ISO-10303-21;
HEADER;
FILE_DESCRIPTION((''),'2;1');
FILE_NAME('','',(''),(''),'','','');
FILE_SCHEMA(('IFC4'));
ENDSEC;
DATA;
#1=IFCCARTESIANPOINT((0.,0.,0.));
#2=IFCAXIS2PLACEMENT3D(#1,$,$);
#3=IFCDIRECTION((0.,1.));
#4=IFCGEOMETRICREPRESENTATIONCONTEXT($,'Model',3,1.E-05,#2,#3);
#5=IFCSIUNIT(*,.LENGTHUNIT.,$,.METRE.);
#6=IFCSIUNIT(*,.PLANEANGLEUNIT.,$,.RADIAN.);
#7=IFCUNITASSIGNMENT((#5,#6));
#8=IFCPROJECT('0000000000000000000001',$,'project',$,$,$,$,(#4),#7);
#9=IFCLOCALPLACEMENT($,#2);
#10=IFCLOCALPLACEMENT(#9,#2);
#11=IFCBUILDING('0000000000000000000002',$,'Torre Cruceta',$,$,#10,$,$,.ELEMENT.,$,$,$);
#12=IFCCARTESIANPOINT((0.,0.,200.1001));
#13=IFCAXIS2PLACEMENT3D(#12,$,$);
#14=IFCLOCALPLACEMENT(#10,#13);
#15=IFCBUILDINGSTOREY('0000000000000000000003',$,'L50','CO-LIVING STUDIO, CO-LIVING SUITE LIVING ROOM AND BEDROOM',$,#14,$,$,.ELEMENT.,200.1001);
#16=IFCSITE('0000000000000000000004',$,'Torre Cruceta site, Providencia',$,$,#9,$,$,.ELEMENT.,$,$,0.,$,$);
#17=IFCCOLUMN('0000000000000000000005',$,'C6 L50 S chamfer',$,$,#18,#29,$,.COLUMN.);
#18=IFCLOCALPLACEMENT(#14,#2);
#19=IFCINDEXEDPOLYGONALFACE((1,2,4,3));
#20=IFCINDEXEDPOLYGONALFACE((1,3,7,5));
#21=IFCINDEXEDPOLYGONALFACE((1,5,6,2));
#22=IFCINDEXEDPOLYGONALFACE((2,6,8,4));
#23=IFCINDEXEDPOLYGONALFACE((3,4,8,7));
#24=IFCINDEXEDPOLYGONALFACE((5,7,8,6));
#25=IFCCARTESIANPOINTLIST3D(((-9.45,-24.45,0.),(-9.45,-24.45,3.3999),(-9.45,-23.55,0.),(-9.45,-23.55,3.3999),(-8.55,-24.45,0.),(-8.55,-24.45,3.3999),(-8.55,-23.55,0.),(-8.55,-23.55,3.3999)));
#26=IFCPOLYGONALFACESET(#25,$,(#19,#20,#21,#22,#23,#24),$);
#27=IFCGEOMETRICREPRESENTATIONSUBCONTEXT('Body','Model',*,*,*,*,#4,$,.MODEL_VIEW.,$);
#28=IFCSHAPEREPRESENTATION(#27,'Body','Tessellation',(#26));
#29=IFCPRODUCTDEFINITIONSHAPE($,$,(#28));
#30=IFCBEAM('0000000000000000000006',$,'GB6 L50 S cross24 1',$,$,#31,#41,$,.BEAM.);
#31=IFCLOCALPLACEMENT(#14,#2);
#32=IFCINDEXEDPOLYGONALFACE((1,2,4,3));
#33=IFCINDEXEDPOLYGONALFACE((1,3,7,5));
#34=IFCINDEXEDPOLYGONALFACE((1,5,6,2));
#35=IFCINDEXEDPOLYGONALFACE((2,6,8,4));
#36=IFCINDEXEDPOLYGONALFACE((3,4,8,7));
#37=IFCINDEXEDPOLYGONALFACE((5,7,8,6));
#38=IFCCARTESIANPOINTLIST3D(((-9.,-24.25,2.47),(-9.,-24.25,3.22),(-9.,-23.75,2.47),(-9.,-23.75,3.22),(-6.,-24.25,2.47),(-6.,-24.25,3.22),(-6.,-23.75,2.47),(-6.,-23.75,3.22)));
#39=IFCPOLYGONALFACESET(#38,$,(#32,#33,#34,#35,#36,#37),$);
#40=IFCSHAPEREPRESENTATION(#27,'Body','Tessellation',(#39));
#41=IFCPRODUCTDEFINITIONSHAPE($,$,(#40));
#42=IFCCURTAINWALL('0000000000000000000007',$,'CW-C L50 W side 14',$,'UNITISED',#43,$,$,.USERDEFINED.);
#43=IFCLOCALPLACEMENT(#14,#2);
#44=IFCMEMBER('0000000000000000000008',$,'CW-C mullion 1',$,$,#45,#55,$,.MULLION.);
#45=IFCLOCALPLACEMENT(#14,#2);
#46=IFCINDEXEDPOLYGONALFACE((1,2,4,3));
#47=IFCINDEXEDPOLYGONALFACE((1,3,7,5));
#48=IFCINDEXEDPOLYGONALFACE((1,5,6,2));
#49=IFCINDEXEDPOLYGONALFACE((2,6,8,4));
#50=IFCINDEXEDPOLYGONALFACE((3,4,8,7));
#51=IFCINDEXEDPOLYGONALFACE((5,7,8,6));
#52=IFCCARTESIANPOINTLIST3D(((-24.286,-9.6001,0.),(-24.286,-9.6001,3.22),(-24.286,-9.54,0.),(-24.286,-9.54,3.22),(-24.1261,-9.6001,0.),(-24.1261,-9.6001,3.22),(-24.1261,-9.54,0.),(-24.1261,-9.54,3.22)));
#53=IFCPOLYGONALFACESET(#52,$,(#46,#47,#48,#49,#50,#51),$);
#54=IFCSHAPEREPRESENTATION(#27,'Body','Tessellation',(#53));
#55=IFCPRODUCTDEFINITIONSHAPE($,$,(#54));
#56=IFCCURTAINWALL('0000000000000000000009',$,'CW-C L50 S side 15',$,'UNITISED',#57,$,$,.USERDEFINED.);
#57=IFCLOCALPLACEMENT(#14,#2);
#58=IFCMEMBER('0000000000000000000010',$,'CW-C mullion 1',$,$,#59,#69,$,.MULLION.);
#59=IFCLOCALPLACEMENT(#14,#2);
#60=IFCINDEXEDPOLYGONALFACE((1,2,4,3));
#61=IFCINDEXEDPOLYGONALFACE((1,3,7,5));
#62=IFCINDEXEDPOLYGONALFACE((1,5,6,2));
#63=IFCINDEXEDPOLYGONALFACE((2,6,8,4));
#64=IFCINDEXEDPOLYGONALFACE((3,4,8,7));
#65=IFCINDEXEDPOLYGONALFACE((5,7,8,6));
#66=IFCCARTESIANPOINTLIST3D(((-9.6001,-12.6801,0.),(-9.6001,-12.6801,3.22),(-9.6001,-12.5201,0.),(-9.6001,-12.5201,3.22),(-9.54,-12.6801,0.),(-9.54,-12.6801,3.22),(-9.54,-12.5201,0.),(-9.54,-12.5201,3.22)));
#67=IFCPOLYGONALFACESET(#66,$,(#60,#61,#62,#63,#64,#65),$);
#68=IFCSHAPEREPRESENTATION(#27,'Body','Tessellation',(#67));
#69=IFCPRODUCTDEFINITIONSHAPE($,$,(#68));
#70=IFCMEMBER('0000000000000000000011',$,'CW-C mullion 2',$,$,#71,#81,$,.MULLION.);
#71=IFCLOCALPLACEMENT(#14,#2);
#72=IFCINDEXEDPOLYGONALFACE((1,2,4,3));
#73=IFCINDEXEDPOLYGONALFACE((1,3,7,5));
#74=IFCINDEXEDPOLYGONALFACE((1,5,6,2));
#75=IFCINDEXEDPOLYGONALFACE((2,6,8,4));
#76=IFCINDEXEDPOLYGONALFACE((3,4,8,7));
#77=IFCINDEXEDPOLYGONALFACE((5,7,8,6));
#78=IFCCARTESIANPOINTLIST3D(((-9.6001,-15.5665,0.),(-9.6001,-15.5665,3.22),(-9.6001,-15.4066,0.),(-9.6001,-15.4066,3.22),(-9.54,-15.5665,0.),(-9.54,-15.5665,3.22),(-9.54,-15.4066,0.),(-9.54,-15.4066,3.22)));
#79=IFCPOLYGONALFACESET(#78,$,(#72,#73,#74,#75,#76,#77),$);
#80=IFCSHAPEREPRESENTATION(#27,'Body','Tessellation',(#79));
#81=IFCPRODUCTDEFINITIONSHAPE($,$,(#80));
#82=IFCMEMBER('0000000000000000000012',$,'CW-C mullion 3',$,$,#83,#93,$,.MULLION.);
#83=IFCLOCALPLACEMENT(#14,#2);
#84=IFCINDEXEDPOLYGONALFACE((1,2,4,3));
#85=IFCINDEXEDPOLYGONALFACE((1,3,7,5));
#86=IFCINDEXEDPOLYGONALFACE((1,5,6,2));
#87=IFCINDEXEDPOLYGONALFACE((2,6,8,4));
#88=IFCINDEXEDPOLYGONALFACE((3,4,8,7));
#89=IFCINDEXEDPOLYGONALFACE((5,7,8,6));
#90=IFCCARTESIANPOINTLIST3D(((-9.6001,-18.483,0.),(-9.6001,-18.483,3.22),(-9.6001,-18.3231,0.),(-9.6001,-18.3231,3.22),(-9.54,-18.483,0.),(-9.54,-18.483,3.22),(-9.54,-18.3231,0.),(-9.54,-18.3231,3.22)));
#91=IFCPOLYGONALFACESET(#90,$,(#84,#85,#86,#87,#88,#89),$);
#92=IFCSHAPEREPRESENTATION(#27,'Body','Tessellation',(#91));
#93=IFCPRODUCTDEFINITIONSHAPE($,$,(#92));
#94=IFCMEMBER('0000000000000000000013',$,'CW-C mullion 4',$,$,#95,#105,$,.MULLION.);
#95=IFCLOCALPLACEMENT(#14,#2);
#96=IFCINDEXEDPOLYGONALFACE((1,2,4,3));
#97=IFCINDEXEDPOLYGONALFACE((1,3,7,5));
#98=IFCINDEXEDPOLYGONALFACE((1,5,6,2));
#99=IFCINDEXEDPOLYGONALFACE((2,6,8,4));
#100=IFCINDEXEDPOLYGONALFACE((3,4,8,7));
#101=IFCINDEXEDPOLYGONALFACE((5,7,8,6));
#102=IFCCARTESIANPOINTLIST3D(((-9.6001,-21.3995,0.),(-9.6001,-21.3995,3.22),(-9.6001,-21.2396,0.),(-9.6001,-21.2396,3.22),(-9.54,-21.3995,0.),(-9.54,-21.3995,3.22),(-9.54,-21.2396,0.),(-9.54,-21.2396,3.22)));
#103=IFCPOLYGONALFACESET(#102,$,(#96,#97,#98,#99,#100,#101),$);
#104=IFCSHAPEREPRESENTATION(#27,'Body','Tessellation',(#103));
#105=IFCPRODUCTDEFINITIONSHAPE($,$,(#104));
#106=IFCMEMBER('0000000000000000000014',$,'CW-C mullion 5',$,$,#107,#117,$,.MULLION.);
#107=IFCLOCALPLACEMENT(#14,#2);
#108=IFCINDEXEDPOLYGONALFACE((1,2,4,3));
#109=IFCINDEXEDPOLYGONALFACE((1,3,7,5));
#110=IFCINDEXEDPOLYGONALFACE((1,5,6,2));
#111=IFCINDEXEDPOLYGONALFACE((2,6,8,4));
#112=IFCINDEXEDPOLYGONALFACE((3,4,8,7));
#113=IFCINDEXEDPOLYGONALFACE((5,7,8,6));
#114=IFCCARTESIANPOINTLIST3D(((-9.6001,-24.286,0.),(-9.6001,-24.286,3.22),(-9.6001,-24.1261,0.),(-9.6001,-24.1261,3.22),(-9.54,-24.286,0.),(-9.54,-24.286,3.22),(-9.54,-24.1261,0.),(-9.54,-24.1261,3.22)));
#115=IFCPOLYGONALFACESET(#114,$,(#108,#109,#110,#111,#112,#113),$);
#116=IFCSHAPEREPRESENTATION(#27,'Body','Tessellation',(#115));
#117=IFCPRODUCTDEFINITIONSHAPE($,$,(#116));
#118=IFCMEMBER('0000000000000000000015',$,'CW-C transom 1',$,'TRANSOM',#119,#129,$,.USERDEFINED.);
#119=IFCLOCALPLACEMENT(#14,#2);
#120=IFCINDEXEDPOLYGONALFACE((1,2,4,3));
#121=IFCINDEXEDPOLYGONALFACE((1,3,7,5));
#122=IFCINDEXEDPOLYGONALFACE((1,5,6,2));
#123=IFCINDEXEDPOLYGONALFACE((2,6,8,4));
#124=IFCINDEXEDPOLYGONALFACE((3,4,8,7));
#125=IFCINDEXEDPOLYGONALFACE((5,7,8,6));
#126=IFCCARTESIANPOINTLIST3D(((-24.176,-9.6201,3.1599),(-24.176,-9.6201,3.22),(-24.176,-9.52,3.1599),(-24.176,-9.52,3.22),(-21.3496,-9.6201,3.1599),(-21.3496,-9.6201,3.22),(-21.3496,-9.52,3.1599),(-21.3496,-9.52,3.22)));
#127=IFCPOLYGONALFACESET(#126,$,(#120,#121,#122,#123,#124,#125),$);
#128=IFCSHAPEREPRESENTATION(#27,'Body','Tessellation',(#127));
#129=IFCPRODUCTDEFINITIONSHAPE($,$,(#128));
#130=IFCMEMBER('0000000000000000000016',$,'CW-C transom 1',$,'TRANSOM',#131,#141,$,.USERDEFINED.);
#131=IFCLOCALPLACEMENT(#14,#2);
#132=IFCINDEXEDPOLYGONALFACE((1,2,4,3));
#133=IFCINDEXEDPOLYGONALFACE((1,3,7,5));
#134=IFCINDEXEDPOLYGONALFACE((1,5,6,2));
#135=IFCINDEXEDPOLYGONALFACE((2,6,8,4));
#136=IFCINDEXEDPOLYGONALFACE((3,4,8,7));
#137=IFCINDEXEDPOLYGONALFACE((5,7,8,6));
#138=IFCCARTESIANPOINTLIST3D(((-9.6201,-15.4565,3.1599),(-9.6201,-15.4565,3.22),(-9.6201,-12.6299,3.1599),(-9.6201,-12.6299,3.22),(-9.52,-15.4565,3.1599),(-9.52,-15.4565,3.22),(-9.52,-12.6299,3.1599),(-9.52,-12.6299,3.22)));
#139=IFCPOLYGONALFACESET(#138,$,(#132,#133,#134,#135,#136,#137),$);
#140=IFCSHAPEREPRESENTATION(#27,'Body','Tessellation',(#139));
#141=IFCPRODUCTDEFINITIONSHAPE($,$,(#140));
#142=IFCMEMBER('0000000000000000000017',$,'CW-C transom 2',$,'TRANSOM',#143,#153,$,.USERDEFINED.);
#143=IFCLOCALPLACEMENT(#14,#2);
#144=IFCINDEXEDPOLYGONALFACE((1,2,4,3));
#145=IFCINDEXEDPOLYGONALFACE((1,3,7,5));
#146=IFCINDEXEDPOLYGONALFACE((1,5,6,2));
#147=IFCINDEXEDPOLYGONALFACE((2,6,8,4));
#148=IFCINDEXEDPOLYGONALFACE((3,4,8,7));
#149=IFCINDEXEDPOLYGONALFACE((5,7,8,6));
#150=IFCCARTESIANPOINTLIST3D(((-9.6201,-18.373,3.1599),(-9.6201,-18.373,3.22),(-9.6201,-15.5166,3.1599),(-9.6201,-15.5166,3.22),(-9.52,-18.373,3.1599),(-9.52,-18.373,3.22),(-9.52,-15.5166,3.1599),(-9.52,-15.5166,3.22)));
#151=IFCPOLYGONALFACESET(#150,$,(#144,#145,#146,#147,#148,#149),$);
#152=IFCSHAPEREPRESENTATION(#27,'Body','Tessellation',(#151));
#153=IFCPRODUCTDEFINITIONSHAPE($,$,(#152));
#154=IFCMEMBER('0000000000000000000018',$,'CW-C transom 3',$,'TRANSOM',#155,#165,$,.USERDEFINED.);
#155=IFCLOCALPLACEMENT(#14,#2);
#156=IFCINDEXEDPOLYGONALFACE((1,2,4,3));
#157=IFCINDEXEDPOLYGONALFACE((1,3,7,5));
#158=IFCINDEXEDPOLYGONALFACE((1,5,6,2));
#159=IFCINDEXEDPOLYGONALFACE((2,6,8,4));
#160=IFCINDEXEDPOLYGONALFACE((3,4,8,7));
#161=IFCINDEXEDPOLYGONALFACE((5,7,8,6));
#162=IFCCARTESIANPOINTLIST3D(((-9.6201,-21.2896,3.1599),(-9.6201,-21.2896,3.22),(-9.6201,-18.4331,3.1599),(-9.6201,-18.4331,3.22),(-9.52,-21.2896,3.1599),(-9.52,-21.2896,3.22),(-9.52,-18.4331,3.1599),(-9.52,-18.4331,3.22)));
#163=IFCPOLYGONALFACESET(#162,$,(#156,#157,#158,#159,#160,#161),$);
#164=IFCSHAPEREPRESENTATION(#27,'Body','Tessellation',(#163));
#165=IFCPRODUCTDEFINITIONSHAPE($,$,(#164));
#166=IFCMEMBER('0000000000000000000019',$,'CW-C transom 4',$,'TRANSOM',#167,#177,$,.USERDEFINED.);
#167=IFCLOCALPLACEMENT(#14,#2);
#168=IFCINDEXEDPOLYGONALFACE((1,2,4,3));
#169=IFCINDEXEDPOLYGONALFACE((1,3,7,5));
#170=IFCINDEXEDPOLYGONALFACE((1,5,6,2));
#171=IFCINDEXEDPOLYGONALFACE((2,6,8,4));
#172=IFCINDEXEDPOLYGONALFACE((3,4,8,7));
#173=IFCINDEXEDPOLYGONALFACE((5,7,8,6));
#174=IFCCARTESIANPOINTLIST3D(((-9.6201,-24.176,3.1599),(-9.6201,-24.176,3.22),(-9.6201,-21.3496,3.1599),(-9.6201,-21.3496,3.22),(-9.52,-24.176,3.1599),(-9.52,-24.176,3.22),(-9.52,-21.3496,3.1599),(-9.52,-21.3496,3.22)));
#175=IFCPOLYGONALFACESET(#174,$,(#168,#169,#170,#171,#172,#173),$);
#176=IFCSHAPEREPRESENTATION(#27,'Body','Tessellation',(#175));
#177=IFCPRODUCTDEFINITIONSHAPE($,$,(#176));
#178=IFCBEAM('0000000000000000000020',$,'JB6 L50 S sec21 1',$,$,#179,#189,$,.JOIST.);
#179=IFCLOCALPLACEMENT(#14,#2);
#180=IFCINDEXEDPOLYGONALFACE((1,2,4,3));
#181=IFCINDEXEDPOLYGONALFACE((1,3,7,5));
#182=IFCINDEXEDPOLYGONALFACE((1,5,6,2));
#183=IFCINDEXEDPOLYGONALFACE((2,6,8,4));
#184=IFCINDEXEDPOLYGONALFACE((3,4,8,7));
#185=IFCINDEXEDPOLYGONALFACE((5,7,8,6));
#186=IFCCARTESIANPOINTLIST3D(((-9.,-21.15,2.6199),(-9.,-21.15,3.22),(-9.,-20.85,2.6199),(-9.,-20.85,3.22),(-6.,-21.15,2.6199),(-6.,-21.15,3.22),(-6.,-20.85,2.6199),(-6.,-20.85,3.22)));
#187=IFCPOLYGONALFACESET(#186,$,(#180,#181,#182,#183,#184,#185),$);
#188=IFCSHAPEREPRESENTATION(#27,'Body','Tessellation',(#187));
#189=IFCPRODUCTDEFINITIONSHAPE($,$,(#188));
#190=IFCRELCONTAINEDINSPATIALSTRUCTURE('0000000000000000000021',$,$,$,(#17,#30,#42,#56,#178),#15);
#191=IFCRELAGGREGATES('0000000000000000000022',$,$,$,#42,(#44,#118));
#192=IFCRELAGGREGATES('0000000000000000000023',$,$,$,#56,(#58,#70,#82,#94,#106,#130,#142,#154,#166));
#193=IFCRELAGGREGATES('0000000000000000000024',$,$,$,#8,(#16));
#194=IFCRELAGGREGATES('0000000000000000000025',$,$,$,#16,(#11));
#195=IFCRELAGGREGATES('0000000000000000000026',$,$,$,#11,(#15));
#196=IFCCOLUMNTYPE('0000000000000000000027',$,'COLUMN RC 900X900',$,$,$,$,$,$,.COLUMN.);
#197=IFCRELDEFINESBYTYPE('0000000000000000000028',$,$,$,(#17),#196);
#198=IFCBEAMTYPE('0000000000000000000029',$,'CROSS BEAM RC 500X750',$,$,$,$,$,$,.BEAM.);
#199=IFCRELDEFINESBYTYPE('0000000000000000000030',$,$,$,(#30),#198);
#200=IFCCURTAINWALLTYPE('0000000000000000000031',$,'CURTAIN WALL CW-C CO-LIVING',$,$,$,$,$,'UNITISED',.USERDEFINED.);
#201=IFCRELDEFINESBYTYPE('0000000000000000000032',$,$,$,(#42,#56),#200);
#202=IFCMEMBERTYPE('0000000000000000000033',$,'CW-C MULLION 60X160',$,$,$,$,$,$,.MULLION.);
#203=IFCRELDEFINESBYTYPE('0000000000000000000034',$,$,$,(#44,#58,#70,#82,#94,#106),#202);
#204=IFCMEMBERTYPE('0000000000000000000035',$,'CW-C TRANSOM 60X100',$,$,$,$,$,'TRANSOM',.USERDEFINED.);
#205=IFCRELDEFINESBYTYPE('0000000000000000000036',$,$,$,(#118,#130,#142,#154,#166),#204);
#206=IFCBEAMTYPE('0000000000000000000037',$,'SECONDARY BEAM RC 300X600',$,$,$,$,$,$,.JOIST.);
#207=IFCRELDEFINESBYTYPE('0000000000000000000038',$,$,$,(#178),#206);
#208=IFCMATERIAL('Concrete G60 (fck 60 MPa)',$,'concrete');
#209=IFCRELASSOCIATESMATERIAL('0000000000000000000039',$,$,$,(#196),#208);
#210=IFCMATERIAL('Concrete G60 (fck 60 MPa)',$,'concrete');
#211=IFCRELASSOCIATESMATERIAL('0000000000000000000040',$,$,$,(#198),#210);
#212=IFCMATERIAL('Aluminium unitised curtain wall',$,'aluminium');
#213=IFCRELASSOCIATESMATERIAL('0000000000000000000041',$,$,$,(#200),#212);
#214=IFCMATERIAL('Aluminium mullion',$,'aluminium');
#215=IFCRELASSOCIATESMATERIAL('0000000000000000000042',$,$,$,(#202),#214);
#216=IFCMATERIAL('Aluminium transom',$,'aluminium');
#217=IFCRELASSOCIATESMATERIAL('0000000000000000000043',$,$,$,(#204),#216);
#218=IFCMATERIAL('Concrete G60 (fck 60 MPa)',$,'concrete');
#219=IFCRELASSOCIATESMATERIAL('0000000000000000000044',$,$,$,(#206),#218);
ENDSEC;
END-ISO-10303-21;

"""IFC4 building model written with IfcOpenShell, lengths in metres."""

from ifc_helpers import new_model, si_unit, direction, frame, origin, origin_2d, place, context, subcontext, project, spatial, rectangle, extrude, material, material_profile, profile_set, type_object, element, aggregate, save


model = new_model("IFC4")

# Units and contexts
model_context = context("Model", 3, precision=1e-05, world=origin(), true_north=direction((0.0, 1.0)))
body_context = subcontext(model_context, "Body", "Model", "MODEL_VIEW")
ifc_project = project(units=[si_unit("LENGTHUNIT", "METRE"), si_unit("PLANEANGLEUNIT", "RADIAN")], contexts=[model_context])

# Site, building, storey
site_placement = place(None, origin())
site = spatial("IfcSite", under=ifc_project, at=site_placement, Name="Torre Cruceta site, Providencia", CompositionType="ELEMENT", RefElevation=0.0)
building_placement = place(site_placement, origin())
building = spatial("IfcBuilding", under=site, at=building_placement, Name="Torre Cruceta", CompositionType="ELEMENT")
storey_placement = place(building_placement, frame((0.0, 0.0, 200.1001)))
storey = spatial("IfcBuildingStorey", under=building, at=storey_placement, Name="L50", Description="CO-LIVING STUDIO, CO-LIVING SUITE LIVING ROOM AND BEDROOM", CompositionType="ELEMENT", Elevation=200.1001)

# Column
ifc_material_1 = material(Name="Concrete G60 (fck 60 MPa)", Category="concrete")
ifc_material_profile_1 = material_profile(ifc_material_1, rectangle(XDim=0.8999, YDim=0.8999, at=origin_2d()), Name="RC 900X900")
ifc_profile_set_1 = profile_set([ifc_material_profile_1], Name="Concrete G60 (fck 60 MPa)")
column_type = type_object("IfcColumnType", Name="COLUMN RC 900X900", PredefinedType="COLUMN", material=ifc_profile_set_1)
column_placement = place(storey_placement, frame((-9.0, -24.0, 0.0), z_axis=(0.0, 0.0, 1.0), x_axis=(1.0, 0.0, 0.0)))
element("IfcColumn", 1, at=column_placement, inside=storey, type_object=column_type, Name="C6 L50 S chamfer", PredefinedType="COLUMN", context=body_context, shape_type="SweptSolid", body=[
    extrude(rectangle(XDim=0.8999, YDim=0.8999, at=origin_2d()), origin(), (0.0, 0.0, 1.0), 3.3999),
])

# Beam
ifc_material_2 = material(Name="Concrete G60 (fck 60 MPa)", Category="concrete")
ifc_material_profile_2 = material_profile(ifc_material_2, rectangle(XDim=0.5, YDim=0.75, at=origin_2d()), Name="RC 500X750")
ifc_profile_set_2 = profile_set([ifc_material_profile_2], Name="Concrete G60 (fck 60 MPa)")
beam_type_1 = type_object("IfcBeamType", Name="CROSS BEAM RC 500X750", PredefinedType="BEAM", material=ifc_profile_set_2)
beam_1_placement = place(storey_placement, frame((-9.0, -24.0, 2.845), z_axis=(1.0, 0.0, 0.0), x_axis=(0.0, 1.0, 0.0)))
element("IfcBeam", 2, at=beam_1_placement, inside=storey, type_object=beam_type_1, Name="GB6 L50 S cross24 1", PredefinedType="BEAM", context=body_context, shape_type="SweptSolid", body=[
    extrude(rectangle(XDim=0.5, YDim=0.75, at=origin_2d()), origin(), (0.0, 0.0, 1.0), 3.0),
])

# Curtain wall, member
ifc_material_3 = material(Name="Aluminium unitised curtain wall", Category="aluminium")
curtain_wall_type = type_object("IfcCurtainWallType", Name="CURTAIN WALL CW-C CO-LIVING", ElementType="UNITISED", PredefinedType="USERDEFINED", material=ifc_material_3)
curtain_wall_1_placement = place(storey_placement, origin())
curtain_wall_1 = element("IfcCurtainWall", 3, at=curtain_wall_1_placement, inside=storey, type_object=curtain_wall_type, Name="CW-C L50 W side 14", ObjectType="UNITISED", PredefinedType="USERDEFINED")
ifc_material_4 = material(Name="Aluminium mullion", Category="aluminium")
ifc_material_profile_3 = material_profile(ifc_material_4, rectangle(XDim=0.0601, YDim=0.1599, at=origin_2d()), Name="AL 60X160")
ifc_profile_set_3 = profile_set([ifc_material_profile_3], Name="Aluminium mullion")
member_type_1 = type_object("IfcMemberType", Name="CW-C MULLION 60X160", PredefinedType="MULLION", material=ifc_profile_set_3)
member_1_placement = place(storey_placement, frame((-24.2061, -9.5701, 0.0), z_axis=(0.0, 0.0, 1.0), x_axis=(0.0, 1.0, 0.0)))
member_1 = element("IfcMember", 4, at=member_1_placement, type_object=member_type_1, Name="CW-C mullion 1", PredefinedType="MULLION", context=body_context, shape_type="SweptSolid", body=[
    extrude(rectangle(XDim=0.0601, YDim=0.1599, at=origin_2d()), origin(), (0.0, 0.0, 1.0), 3.22),
])

# Curtain wall, members
curtain_wall_2_placement = place(storey_placement, origin())
curtain_wall_2 = element("IfcCurtainWall", 5, at=curtain_wall_2_placement, inside=storey, type_object=curtain_wall_type, Name="CW-C L50 S side 15", ObjectType="UNITISED", PredefinedType="USERDEFINED")
member_2_placement = place(storey_placement, frame((-9.5701, -12.6001, 0.0), z_axis=(0.0, 0.0, 1.0), x_axis=(1.0, 0.0, 0.0)))
member_2 = element("IfcMember", 6, at=member_2_placement, type_object=member_type_1, Name="CW-C mullion 1", PredefinedType="MULLION", context=body_context, shape_type="SweptSolid", body=[
    extrude(rectangle(XDim=0.0601, YDim=0.1599, at=origin_2d()), origin(), (0.0, 0.0, 1.0), 3.22),
])
member_3_placement = place(storey_placement, frame((-9.5701, -15.4866, 0.0), z_axis=(0.0, 0.0, 1.0), x_axis=(1.0, 0.0, 0.0)))
member_3 = element("IfcMember", 7, at=member_3_placement, type_object=member_type_1, Name="CW-C mullion 2", PredefinedType="MULLION", context=body_context, shape_type="SweptSolid", body=[
    extrude(rectangle(XDim=0.0601, YDim=0.1599, at=origin_2d()), origin(), (0.0, 0.0, 1.0), 3.22),
])
member_4_placement = place(storey_placement, frame((-9.5701, -18.4031, 0.0), z_axis=(0.0, 0.0, 1.0), x_axis=(1.0, 0.0, 0.0)))
member_4 = element("IfcMember", 8, at=member_4_placement, type_object=member_type_1, Name="CW-C mullion 3", PredefinedType="MULLION", context=body_context, shape_type="SweptSolid", body=[
    extrude(rectangle(XDim=0.0601, YDim=0.1599, at=origin_2d()), origin(), (0.0, 0.0, 1.0), 3.22),
])
member_5_placement = place(storey_placement, frame((-9.5701, -21.3196, 0.0), z_axis=(0.0, 0.0, 1.0), x_axis=(1.0, 0.0, 0.0)))
member_5 = element("IfcMember", 9, at=member_5_placement, type_object=member_type_1, Name="CW-C mullion 4", PredefinedType="MULLION", context=body_context, shape_type="SweptSolid", body=[
    extrude(rectangle(XDim=0.0601, YDim=0.1599, at=origin_2d()), origin(), (0.0, 0.0, 1.0), 3.22),
])
member_6_placement = place(storey_placement, frame((-9.5701, -24.2061, 0.0), z_axis=(0.0, 0.0, 1.0), x_axis=(1.0, 0.0, 0.0)))
member_6 = element("IfcMember", 10, at=member_6_placement, type_object=member_type_1, Name="CW-C mullion 5", PredefinedType="MULLION", context=body_context, shape_type="SweptSolid", body=[
    extrude(rectangle(XDim=0.0601, YDim=0.1599, at=origin_2d()), origin(), (0.0, 0.0, 1.0), 3.22),
])

# Members
ifc_material_5 = material(Name="Aluminium transom", Category="aluminium")
ifc_material_profile_4 = material_profile(ifc_material_5, rectangle(XDim=0.1001, YDim=0.0601, at=origin_2d()), Name="AL 100X60")
ifc_profile_set_4 = profile_set([ifc_material_profile_4], Name="Aluminium transom")
member_type_2 = type_object("IfcMemberType", Name="CW-C TRANSOM 60X100", ElementType="TRANSOM", PredefinedType="USERDEFINED", material=ifc_profile_set_4)
member_7_placement = place(storey_placement, frame((-24.176, -9.5701, 3.1899), z_axis=(1.0, 0.0, 0.0), x_axis=(0.0, 1.0, 0.0)))
member_7 = element("IfcMember", 11, at=member_7_placement, type_object=member_type_2, Name="CW-C transom 1", ObjectType="TRANSOM", PredefinedType="USERDEFINED", context=body_context, shape_type="SweptSolid", body=[
    extrude(rectangle(XDim=0.1001, YDim=0.0601, at=origin_2d()), origin(), (0.0, 0.0, 1.0), 2.8264),
])
aggregate(curtain_wall_1, [member_1, member_7])
member_8_placement = place(storey_placement, frame((-9.5701, -12.6299, 3.1899), z_axis=(0.0, -1.0, 0.0), x_axis=(1.0, 0.0, 0.0)))
member_8 = element("IfcMember", 12, at=member_8_placement, type_object=member_type_2, Name="CW-C transom 1", ObjectType="TRANSOM", PredefinedType="USERDEFINED", context=body_context, shape_type="SweptSolid", body=[
    extrude(rectangle(XDim=0.1001, YDim=0.0601, at=origin_2d()), origin(), (0.0, 0.0, 1.0), 2.8267),
])
member_9_placement = place(storey_placement, frame((-9.5701, -15.5166, 3.1899), z_axis=(0.0, -1.0, 0.0), x_axis=(1.0, 0.0, 0.0)))
member_9 = element("IfcMember", 13, at=member_9_placement, type_object=member_type_2, Name="CW-C transom 2", ObjectType="TRANSOM", PredefinedType="USERDEFINED", context=body_context, shape_type="SweptSolid", body=[
    extrude(rectangle(XDim=0.1001, YDim=0.0601, at=origin_2d()), origin(), (0.0, 0.0, 1.0), 2.8564),
])
member_10_placement = place(storey_placement, frame((-9.5701, -18.4331, 3.1899), z_axis=(0.0, -1.0, 0.0), x_axis=(1.0, 0.0, 0.0)))
member_10 = element("IfcMember", 14, at=member_10_placement, type_object=member_type_2, Name="CW-C transom 3", ObjectType="TRANSOM", PredefinedType="USERDEFINED", context=body_context, shape_type="SweptSolid", body=[
    extrude(rectangle(XDim=0.1001, YDim=0.0601, at=origin_2d()), origin(), (0.0, 0.0, 1.0), 2.8564),
])
member_11_placement = place(storey_placement, frame((-9.5701, -21.3496, 3.1899), z_axis=(0.0, -1.0, 0.0), x_axis=(1.0, 0.0, 0.0)))
member_11 = element("IfcMember", 15, at=member_11_placement, type_object=member_type_2, Name="CW-C transom 4", ObjectType="TRANSOM", PredefinedType="USERDEFINED", context=body_context, shape_type="SweptSolid", body=[
    extrude(rectangle(XDim=0.1001, YDim=0.0601, at=origin_2d()), origin(), (0.0, 0.0, 1.0), 2.8264),
])

# Beam
ifc_material_6 = material(Name="Concrete G60 (fck 60 MPa)", Category="concrete")
ifc_material_profile_5 = material_profile(ifc_material_6, rectangle(XDim=0.3, YDim=0.6001, at=origin_2d()), Name="RC 300X600")
ifc_profile_set_5 = profile_set([ifc_material_profile_5], Name="Concrete G60 (fck 60 MPa)")
beam_type_2 = type_object("IfcBeamType", Name="SECONDARY BEAM RC 300X600", PredefinedType="JOIST", material=ifc_profile_set_5)
beam_2_placement = place(storey_placement, frame((-9.0, -21.0, 2.9199), z_axis=(1.0, 0.0, 0.0), x_axis=(0.0, 1.0, 0.0)))
element("IfcBeam", 16, at=beam_2_placement, inside=storey, type_object=beam_type_2, Name="JB6 L50 S sec21 1", PredefinedType="JOIST", context=body_context, shape_type="SweptSolid", body=[
    extrude(rectangle(XDim=0.3, YDim=0.6001, at=origin_2d()), origin(), (0.0, 0.0, 1.0), 3.0),
])

aggregate(curtain_wall_2, [member_2, member_3, member_4, member_5, member_6, member_8, member_9, member_10, member_11])

save(model, "model.ifc")
